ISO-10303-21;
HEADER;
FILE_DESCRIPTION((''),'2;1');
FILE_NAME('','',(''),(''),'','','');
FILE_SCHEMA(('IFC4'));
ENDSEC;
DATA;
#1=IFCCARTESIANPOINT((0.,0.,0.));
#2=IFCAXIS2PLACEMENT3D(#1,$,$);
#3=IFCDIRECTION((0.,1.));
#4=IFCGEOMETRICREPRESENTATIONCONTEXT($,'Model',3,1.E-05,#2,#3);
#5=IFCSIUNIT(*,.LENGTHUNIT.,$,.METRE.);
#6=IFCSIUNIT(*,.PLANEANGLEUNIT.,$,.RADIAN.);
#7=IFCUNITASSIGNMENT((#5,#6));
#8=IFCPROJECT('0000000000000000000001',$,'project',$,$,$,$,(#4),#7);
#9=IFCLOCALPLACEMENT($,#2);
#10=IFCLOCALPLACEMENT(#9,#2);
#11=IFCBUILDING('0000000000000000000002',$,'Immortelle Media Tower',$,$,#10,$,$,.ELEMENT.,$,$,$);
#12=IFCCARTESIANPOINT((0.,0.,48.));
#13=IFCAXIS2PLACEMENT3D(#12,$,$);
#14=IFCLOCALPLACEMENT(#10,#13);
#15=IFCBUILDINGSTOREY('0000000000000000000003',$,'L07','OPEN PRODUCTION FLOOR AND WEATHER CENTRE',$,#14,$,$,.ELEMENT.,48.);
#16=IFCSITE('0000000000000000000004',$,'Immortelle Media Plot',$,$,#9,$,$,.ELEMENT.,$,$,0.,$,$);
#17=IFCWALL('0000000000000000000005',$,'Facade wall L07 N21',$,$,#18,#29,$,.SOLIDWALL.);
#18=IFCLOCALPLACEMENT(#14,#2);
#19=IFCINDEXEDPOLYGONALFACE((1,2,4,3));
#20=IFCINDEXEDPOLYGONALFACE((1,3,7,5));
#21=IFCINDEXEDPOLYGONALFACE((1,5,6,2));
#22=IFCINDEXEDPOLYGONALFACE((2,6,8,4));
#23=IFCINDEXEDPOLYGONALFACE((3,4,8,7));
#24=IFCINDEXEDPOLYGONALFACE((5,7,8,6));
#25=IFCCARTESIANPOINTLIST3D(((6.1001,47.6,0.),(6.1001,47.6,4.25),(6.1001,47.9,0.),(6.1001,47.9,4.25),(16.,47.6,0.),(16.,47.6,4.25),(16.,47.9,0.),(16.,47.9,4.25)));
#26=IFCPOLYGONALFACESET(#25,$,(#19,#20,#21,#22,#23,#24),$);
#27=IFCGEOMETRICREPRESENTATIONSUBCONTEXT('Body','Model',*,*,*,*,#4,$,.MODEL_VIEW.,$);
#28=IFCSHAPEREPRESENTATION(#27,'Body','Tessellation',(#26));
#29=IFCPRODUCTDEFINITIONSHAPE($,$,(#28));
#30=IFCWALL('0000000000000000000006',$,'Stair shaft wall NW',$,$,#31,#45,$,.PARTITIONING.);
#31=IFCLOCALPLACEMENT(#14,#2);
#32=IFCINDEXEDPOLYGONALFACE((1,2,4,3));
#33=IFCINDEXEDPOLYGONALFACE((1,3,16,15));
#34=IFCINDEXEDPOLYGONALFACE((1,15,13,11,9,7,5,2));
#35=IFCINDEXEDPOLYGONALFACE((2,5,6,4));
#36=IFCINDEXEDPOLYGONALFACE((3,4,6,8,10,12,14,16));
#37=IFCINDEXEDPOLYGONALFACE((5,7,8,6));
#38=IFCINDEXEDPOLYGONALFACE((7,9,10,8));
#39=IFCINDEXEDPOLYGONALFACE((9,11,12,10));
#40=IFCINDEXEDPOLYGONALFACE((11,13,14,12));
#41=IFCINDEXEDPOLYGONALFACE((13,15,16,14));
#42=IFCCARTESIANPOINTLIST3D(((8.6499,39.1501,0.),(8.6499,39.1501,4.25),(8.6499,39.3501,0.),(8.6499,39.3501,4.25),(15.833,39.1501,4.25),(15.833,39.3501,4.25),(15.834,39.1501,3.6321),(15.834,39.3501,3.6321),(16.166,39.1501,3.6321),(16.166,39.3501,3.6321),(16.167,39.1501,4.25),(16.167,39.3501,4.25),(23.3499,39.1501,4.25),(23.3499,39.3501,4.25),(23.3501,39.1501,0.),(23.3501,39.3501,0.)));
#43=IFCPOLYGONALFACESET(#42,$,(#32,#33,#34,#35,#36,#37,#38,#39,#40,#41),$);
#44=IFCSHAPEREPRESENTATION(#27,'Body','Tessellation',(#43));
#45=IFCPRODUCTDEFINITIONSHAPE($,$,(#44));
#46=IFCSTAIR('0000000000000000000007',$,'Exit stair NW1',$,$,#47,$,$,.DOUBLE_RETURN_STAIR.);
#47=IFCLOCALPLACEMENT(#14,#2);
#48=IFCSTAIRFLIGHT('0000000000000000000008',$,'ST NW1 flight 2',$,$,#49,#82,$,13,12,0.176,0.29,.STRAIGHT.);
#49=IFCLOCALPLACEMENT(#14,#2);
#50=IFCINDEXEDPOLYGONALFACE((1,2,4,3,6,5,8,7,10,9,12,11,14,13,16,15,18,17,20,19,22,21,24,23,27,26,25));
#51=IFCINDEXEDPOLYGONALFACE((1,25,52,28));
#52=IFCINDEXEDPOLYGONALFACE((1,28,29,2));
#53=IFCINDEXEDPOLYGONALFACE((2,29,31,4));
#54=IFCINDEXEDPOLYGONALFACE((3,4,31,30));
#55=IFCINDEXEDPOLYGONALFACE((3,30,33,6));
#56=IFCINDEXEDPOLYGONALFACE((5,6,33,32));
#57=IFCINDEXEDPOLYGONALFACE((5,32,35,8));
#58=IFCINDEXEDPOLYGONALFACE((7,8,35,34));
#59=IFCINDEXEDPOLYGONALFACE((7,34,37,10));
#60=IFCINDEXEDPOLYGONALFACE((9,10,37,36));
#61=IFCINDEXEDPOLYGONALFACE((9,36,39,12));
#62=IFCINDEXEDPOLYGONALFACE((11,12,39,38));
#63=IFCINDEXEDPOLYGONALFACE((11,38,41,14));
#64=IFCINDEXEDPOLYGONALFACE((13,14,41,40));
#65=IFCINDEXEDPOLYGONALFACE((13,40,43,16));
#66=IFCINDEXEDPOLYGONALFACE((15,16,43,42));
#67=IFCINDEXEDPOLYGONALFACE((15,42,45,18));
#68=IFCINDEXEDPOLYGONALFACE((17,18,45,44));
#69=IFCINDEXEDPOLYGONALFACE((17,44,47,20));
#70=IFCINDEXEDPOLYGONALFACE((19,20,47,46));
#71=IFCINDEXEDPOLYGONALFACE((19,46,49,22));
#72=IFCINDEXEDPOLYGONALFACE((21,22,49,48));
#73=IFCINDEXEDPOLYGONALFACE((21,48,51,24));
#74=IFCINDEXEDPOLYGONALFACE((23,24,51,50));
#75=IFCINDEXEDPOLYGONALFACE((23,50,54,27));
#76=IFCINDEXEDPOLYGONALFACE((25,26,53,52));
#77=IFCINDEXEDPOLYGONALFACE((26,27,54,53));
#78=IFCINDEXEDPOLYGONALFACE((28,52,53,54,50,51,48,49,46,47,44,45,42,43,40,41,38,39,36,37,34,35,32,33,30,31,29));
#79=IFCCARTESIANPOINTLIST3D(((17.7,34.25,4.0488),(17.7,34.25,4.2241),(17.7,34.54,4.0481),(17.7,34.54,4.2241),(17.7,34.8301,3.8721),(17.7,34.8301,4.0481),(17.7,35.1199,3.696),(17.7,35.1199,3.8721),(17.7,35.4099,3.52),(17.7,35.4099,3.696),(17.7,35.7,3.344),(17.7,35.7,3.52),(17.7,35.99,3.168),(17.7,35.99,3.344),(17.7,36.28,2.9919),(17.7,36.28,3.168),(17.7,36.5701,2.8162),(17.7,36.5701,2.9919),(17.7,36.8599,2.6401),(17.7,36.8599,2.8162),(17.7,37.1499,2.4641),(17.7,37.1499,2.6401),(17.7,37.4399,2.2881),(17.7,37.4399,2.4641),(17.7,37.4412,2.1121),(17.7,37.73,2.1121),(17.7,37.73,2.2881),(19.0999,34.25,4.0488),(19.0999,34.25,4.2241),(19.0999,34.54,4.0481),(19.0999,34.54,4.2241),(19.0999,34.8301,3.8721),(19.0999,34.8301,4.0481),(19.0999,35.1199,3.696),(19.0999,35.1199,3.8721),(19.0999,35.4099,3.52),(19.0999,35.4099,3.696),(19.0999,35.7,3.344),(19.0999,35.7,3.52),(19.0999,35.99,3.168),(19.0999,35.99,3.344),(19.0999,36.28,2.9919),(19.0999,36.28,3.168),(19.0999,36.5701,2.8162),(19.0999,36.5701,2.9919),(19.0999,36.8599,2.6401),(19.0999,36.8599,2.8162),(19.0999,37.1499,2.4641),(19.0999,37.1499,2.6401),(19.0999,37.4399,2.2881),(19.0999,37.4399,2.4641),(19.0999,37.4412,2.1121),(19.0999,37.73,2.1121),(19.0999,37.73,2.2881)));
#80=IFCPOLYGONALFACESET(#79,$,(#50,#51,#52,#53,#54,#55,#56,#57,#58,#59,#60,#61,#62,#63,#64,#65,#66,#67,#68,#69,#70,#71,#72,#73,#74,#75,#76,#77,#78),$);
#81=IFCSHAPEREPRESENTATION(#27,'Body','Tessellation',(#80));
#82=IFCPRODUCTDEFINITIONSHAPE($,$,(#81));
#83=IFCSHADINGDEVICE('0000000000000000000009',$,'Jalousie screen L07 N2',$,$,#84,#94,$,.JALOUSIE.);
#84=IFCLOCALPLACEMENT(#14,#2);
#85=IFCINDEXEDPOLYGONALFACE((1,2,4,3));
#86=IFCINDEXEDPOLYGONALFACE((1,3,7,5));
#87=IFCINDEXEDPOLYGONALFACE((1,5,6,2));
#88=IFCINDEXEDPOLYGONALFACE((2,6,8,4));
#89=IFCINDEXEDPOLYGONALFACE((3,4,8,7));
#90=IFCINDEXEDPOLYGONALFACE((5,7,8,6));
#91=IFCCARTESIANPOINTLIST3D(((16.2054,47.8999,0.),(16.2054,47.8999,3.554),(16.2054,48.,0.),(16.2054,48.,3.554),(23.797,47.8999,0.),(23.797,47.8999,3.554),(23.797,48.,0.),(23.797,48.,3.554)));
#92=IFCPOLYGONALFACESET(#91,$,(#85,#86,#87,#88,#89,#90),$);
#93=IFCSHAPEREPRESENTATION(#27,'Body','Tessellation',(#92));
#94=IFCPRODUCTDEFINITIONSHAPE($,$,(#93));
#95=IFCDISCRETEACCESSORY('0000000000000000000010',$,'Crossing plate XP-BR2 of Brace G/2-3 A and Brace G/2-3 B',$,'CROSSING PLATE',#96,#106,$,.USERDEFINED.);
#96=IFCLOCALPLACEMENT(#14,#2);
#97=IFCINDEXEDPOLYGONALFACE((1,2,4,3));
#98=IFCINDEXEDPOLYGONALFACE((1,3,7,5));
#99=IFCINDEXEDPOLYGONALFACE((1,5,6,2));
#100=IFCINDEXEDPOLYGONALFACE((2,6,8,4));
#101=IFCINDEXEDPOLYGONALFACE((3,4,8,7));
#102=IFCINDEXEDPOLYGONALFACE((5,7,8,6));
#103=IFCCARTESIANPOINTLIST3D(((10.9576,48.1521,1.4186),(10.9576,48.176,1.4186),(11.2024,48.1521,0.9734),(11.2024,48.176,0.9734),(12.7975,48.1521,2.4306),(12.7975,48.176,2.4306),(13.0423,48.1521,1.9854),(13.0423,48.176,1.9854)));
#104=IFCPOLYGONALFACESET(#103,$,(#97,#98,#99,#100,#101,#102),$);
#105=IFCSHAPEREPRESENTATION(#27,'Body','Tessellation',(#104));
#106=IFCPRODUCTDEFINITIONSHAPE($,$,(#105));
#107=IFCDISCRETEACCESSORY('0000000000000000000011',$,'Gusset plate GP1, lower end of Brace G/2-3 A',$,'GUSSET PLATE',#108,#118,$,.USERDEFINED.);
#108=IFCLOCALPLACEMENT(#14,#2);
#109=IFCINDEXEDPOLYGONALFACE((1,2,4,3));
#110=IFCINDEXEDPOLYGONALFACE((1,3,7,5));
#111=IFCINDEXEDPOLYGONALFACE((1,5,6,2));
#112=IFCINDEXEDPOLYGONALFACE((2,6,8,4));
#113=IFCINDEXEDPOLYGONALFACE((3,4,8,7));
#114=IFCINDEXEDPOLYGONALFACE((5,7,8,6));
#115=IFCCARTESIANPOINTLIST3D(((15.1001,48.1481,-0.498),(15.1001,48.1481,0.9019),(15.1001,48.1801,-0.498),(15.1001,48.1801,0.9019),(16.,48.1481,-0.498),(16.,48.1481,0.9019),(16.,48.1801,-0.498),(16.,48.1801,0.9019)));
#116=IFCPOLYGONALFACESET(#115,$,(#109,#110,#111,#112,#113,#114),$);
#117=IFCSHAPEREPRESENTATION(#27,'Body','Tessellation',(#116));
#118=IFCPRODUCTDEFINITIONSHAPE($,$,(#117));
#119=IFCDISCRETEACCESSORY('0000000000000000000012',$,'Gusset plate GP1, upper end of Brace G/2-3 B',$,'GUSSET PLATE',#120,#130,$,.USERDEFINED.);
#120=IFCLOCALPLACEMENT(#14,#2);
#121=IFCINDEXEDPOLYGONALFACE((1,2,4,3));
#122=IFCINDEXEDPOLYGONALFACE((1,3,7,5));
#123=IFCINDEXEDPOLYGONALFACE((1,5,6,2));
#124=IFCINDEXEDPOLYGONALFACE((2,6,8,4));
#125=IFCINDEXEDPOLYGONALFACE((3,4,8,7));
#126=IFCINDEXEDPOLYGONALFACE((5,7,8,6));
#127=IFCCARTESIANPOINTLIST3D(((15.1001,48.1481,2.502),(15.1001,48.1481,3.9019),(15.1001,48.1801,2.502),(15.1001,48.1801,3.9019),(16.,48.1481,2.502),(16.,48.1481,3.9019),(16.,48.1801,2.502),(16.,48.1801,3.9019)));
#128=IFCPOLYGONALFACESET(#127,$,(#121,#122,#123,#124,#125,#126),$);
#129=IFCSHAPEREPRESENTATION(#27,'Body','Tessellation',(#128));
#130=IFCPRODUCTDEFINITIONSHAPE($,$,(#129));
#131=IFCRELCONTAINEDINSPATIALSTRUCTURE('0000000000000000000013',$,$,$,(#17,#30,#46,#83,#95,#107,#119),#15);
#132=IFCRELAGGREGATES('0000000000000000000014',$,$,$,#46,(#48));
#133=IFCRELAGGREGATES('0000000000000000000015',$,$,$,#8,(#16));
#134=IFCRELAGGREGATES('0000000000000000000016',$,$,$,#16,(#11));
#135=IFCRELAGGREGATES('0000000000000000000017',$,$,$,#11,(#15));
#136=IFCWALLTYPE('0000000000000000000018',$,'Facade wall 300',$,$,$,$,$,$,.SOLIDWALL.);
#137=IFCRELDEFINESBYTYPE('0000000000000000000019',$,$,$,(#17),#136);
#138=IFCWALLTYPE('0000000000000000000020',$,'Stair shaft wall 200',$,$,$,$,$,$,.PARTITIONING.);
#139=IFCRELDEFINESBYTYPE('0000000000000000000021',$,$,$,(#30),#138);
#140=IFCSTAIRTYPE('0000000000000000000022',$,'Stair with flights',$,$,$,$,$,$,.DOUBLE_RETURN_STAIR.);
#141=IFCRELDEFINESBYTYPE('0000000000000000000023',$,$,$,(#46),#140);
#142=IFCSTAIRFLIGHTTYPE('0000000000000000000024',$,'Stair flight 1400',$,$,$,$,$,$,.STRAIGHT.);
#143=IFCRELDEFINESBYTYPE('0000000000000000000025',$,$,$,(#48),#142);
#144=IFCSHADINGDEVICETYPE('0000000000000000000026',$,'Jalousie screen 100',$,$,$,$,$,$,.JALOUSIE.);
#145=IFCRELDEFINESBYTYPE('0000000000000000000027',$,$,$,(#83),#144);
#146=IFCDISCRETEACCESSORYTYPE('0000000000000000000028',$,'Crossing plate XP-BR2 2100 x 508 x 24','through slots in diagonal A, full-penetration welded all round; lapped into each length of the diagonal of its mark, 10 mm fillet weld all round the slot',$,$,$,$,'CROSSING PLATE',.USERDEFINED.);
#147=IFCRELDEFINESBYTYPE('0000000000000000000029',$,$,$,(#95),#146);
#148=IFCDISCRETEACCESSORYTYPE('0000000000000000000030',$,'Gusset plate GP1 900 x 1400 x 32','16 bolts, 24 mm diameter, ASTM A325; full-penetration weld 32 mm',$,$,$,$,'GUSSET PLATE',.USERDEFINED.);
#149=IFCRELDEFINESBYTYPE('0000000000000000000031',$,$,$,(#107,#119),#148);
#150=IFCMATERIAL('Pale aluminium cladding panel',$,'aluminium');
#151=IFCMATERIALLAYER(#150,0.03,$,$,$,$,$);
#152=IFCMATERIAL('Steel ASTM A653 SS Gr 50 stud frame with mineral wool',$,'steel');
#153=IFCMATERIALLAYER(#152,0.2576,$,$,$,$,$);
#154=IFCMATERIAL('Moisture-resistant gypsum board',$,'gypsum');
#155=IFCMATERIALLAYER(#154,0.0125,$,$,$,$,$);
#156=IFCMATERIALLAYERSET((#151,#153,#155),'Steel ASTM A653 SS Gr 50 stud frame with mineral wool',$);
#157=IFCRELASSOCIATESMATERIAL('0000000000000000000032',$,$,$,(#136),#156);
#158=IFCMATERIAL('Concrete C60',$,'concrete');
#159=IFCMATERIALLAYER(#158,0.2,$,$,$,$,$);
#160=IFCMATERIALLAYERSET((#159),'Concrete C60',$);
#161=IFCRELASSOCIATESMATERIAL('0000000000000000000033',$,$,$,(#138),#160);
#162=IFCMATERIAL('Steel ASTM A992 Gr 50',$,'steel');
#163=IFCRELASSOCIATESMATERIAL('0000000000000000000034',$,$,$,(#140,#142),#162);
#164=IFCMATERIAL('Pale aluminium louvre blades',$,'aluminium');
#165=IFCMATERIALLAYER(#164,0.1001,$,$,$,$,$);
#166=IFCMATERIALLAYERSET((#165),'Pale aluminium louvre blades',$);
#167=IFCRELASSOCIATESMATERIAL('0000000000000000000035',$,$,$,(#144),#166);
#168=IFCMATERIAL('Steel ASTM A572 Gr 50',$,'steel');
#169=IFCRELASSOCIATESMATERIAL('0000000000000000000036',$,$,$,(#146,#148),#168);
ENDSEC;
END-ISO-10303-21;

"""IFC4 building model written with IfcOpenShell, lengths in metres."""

from ifc_helpers import new_model, si_unit, direction, frame, frame_2d, origin, origin_2d, place, context, subcontext, project, spatial, polyline, rectangle, outline, extrude, material, layer, layer_set, material_profile, profile_set, type_object, element, aggregate, save


model = new_model("IFC4")

# Units and contexts
model_context = context("Model", 3, precision=1e-05, world=origin(), true_north=direction((0.0, 1.0)))
body_context = subcontext(model_context, "Body", "Model", "MODEL_VIEW")
ifc_project = project(units=[si_unit("LENGTHUNIT", "METRE"), si_unit("PLANEANGLEUNIT", "RADIAN")], contexts=[model_context])

# Site, building, storey
site_placement = place(None, origin())
site = spatial("IfcSite", under=ifc_project, at=site_placement, Name="Immortelle Media Plot", CompositionType="ELEMENT", RefElevation=0.0)
building_placement = place(site_placement, origin())
building = spatial("IfcBuilding", under=site, at=building_placement, Name="Immortelle Media Tower", CompositionType="ELEMENT")
storey_placement = place(building_placement, frame((0.0, 0.0, 48.0)))
storey = spatial("IfcBuildingStorey", under=building, at=storey_placement, Name="L07", Description="OPEN PRODUCTION FLOOR AND WEATHER CENTRE", CompositionType="ELEMENT", Elevation=48.0)

# Shared definitions
ifc_material_1 = material(Name="Steel ASTM A992 Gr 50", Category="steel")

# Walls
ifc_material_2 = material(Name="Pale aluminium cladding panel", Category="aluminium")
ifc_layer_1 = layer(ifc_material_2, 0.03)
ifc_material_3 = material(Name="Steel ASTM A653 SS Gr 50 stud frame with mineral wool", Category="steel")
ifc_layer_2 = layer(ifc_material_3, 0.2576)
ifc_material_4 = material(Name="Moisture-resistant gypsum board", Category="gypsum")
ifc_layer_3 = layer(ifc_material_4, 0.0125)
ifc_layer_set_1 = layer_set([ifc_layer_1, ifc_layer_2, ifc_layer_3], Name="Steel ASTM A653 SS Gr 50 stud frame with mineral wool")
wall_type_1 = type_object("IfcWallType", Name="Facade wall 300", PredefinedType="SOLIDWALL", material=ifc_layer_set_1)
wall_1_placement = place(storey_placement, frame((16.0, 47.75, 0.0), z_axis=(0.0, 0.0, 1.0), x_axis=(-1.0, 0.0, 0.0)))
element("IfcWall", 1, at=wall_1_placement, inside=storey, type_object=wall_type_1, Name="Facade wall L07 N21", PredefinedType="SOLIDWALL", context=body_context, shape_type="SweptSolid", body=[
    extrude(rectangle(XDim=9.8999, YDim=0.3, at=frame_2d((4.95, 0.0))), origin(), (0.0, 0.0, 1.0), 4.25),
])
ifc_material_5 = material(Name="Concrete C60", Category="concrete")
ifc_layer_4 = layer(ifc_material_5, 0.2)
ifc_layer_set_2 = layer_set([ifc_layer_4], Name="Concrete C60")
wall_type_2 = type_object("IfcWallType", Name="Stair shaft wall 200", PredefinedType="PARTITIONING", material=ifc_layer_set_2)
wall_2_placement = place(storey_placement, frame((8.6499, 39.25, 0.0), z_axis=(0.0, 0.0, 1.0), x_axis=(1.0, 0.0, 0.0)))
element("IfcWall", 2, at=wall_2_placement, inside=storey, type_object=wall_type_2, Name="Stair shaft wall NW", PredefinedType="PARTITIONING", context=body_context, shape_type="SweptSolid", body=[
    extrude(outline(polyline([(0.0, 0.0), (14.7002, 0.0), (14.7, 4.25), (7.5171, 4.25), (7.5161, 3.6321), (7.1841, 3.6321), (7.1831, 4.25), (0.0, 4.25), (0.0, 0.0)])), frame((0.0, 0.1001, 0.0), z_axis=(0.0, -1.0, 0.0), x_axis=(1.0, 0.0, 0.0)), (0.0, 0.0, 1.0), 0.2),
])

# Stair, stair flight
stair_type = type_object("IfcStairType", Name="Stair with flights", PredefinedType="DOUBLE_RETURN_STAIR", material=ifc_material_1)
stair_placement = place(storey_placement, origin())
stair = element("IfcStair", 3, at=stair_placement, inside=storey, type_object=stair_type, Name="Exit stair NW1", PredefinedType="DOUBLE_RETURN_STAIR")
stair_flight_type = type_object("IfcStairFlightType", Name="Stair flight 1400", PredefinedType="STRAIGHT", material=ifc_material_1)
stair_flight_placement = place(storey_placement, frame((18.3999, 37.73, 2.1121), z_axis=(0.0, 0.0, 1.0), x_axis=(0.0, -1.0, 0.0)))
stair_flight = element("IfcStairFlight", 4, at=stair_flight_placement, type_object=stair_flight_type, Name="ST NW1 flight 2", NumberOfRisers=13, NumberOfTreads=12, PredefinedType="STRAIGHT", RiserHeight=0.176, TreadLength=0.29, context=body_context, shape_type="SweptSolid", body=[
    extrude(outline(polyline([(0.0, 0.0), (0.0, 0.176), (0.29, 0.176), (0.29, 0.3521), (0.5801, 0.3521), (0.5801, 0.5281), (0.8701, 0.5281), (0.8701, 0.7041), (1.1599, 0.7041), (1.1599, 0.8799), (1.45, 0.8799), (1.45, 1.0559), (1.74, 1.0559), (1.74, 1.2319), (2.03, 1.2319), (2.03, 1.408), (2.3201, 1.408), (2.3201, 1.584), (2.6101, 1.584), (2.6101, 1.76), (2.8999, 1.76), (2.8999, 1.936), (3.1899, 1.936), (3.1899, 2.1121), (3.48, 2.1121), (3.48, 2.2881), (3.48, 1.9368), (0.2888, 0.0), (0.0, 0.0)])), frame((0.0, 0.7, 0.0), z_axis=(0.0, -1.0, 0.0), x_axis=(1.0, 0.0, 0.0)), (0.0, 0.0, 1.0), 1.3999),
])
aggregate(stair, [stair_flight])

# Shading device
ifc_material_6 = material(Name="Pale aluminium louvre blades", Category="aluminium")
ifc_layer_5 = layer(ifc_material_6, 0.1001)
ifc_layer_set_3 = layer_set([ifc_layer_5], Name="Pale aluminium louvre blades")
shading_device_type = type_object("IfcShadingDeviceType", Name="Jalousie screen 100", PredefinedType="JALOUSIE", material=ifc_layer_set_3)
shading_device_placement = place(storey_placement, frame((20.0012, 47.95, 0.0), z_axis=(0.0, 0.0, 1.0), x_axis=(-1.0, 0.0, 0.0)))
element("IfcShadingDevice", 5, at=shading_device_placement, inside=storey, type_object=shading_device_type, Name="Jalousie screen L07 N2", PredefinedType="JALOUSIE", context=body_context, shape_type="SweptSolid", body=[
    extrude(rectangle(XDim=7.5916, YDim=0.1001, at=origin_2d()), origin(), (0.0, 0.0, 1.0), 3.554),
])

# Discrete accessories
ifc_material_7 = material(Name="Steel ASTM A572 Gr 50", Category="steel")
ifc_material_profile_1 = material_profile(ifc_material_7, rectangle(XDim=0.0239, YDim=0.5081, at=origin_2d()), Name="PL 24 x 508")
ifc_profile_set_1 = profile_set([ifc_material_profile_1], Name="Steel ASTM A572 Gr 50")
discrete_accessory_type_1 = type_object("IfcDiscreteAccessoryType", Name="Crossing plate XP-BR2 2100 x 508 x 24", Description="through slots in diagonal A, full-penetration welded all round; lapped into each length of the diagonal of its mark, 10 mm fillet weld all round the slot", ElementType="CROSSING PLATE", PredefinedType="USERDEFINED", material=ifc_profile_set_1)
discrete_accessory_placement = place(storey_placement, frame((12.9199, 48.1641, 2.208), z_axis=(-0.876206, 0.0, -0.481937), x_axis=(0.0, -1.0, 0.0)))
element("IfcDiscreteAccessory", 6, at=discrete_accessory_placement, inside=storey, type_object=discrete_accessory_type_1, Name="Crossing plate XP-BR2 of Brace G/2-3 A and Brace G/2-3 B", ObjectType="CROSSING PLATE", PredefinedType="USERDEFINED", context=body_context, shape_type="SweptSolid", body=[
    extrude(rectangle(XDim=0.0239, YDim=0.5081, at=origin_2d()), origin(), (0.0, 0.0, 1.0), 2.0999),
])
ifc_material_profile_2 = material_profile(ifc_material_7, rectangle(XDim=0.032, YDim=1.3999, at=origin_2d()), Name="PL 32 x 1400")
ifc_profile_set_2 = profile_set([ifc_material_profile_2], Name="Steel ASTM A572 Gr 50")
discrete_accessory_type_2 = type_object("IfcDiscreteAccessoryType", Name="Gusset plate GP1 900 x 1400 x 32", Description="16 bolts, 24 mm diameter, ASTM A325; full-penetration weld 32 mm", ElementType="GUSSET PLATE", PredefinedType="USERDEFINED", material=ifc_profile_set_2)
for number, where, z_axis, x_axis, name in (
    (7, (16.0, 48.1641, 0.2019), (-1.0, 0.0, 0.0), (0.0, -1.0, 0.0), "Gusset plate GP1, lower end of Brace G/2-3 A"),
    (8, (16.0, 48.1641, 3.2019), (-1.0, 0.0, 0.0), (0.0, -1.0, 0.0), "Gusset plate GP1, upper end of Brace G/2-3 B"),
):
    element("IfcDiscreteAccessory", number, at=place(storey_placement, frame(where, z_axis=z_axis, x_axis=x_axis)), inside=storey, type_object=discrete_accessory_type_2, Name=name, ObjectType="GUSSET PLATE", PredefinedType="USERDEFINED", context=body_context, shape_type="SweptSolid", body=[
        extrude(rectangle(XDim=0.032, YDim=1.3999, at=origin_2d()), origin(), (0.0, 0.0, 1.0), 0.8999),
    ])

save(model, "model.ifc")
